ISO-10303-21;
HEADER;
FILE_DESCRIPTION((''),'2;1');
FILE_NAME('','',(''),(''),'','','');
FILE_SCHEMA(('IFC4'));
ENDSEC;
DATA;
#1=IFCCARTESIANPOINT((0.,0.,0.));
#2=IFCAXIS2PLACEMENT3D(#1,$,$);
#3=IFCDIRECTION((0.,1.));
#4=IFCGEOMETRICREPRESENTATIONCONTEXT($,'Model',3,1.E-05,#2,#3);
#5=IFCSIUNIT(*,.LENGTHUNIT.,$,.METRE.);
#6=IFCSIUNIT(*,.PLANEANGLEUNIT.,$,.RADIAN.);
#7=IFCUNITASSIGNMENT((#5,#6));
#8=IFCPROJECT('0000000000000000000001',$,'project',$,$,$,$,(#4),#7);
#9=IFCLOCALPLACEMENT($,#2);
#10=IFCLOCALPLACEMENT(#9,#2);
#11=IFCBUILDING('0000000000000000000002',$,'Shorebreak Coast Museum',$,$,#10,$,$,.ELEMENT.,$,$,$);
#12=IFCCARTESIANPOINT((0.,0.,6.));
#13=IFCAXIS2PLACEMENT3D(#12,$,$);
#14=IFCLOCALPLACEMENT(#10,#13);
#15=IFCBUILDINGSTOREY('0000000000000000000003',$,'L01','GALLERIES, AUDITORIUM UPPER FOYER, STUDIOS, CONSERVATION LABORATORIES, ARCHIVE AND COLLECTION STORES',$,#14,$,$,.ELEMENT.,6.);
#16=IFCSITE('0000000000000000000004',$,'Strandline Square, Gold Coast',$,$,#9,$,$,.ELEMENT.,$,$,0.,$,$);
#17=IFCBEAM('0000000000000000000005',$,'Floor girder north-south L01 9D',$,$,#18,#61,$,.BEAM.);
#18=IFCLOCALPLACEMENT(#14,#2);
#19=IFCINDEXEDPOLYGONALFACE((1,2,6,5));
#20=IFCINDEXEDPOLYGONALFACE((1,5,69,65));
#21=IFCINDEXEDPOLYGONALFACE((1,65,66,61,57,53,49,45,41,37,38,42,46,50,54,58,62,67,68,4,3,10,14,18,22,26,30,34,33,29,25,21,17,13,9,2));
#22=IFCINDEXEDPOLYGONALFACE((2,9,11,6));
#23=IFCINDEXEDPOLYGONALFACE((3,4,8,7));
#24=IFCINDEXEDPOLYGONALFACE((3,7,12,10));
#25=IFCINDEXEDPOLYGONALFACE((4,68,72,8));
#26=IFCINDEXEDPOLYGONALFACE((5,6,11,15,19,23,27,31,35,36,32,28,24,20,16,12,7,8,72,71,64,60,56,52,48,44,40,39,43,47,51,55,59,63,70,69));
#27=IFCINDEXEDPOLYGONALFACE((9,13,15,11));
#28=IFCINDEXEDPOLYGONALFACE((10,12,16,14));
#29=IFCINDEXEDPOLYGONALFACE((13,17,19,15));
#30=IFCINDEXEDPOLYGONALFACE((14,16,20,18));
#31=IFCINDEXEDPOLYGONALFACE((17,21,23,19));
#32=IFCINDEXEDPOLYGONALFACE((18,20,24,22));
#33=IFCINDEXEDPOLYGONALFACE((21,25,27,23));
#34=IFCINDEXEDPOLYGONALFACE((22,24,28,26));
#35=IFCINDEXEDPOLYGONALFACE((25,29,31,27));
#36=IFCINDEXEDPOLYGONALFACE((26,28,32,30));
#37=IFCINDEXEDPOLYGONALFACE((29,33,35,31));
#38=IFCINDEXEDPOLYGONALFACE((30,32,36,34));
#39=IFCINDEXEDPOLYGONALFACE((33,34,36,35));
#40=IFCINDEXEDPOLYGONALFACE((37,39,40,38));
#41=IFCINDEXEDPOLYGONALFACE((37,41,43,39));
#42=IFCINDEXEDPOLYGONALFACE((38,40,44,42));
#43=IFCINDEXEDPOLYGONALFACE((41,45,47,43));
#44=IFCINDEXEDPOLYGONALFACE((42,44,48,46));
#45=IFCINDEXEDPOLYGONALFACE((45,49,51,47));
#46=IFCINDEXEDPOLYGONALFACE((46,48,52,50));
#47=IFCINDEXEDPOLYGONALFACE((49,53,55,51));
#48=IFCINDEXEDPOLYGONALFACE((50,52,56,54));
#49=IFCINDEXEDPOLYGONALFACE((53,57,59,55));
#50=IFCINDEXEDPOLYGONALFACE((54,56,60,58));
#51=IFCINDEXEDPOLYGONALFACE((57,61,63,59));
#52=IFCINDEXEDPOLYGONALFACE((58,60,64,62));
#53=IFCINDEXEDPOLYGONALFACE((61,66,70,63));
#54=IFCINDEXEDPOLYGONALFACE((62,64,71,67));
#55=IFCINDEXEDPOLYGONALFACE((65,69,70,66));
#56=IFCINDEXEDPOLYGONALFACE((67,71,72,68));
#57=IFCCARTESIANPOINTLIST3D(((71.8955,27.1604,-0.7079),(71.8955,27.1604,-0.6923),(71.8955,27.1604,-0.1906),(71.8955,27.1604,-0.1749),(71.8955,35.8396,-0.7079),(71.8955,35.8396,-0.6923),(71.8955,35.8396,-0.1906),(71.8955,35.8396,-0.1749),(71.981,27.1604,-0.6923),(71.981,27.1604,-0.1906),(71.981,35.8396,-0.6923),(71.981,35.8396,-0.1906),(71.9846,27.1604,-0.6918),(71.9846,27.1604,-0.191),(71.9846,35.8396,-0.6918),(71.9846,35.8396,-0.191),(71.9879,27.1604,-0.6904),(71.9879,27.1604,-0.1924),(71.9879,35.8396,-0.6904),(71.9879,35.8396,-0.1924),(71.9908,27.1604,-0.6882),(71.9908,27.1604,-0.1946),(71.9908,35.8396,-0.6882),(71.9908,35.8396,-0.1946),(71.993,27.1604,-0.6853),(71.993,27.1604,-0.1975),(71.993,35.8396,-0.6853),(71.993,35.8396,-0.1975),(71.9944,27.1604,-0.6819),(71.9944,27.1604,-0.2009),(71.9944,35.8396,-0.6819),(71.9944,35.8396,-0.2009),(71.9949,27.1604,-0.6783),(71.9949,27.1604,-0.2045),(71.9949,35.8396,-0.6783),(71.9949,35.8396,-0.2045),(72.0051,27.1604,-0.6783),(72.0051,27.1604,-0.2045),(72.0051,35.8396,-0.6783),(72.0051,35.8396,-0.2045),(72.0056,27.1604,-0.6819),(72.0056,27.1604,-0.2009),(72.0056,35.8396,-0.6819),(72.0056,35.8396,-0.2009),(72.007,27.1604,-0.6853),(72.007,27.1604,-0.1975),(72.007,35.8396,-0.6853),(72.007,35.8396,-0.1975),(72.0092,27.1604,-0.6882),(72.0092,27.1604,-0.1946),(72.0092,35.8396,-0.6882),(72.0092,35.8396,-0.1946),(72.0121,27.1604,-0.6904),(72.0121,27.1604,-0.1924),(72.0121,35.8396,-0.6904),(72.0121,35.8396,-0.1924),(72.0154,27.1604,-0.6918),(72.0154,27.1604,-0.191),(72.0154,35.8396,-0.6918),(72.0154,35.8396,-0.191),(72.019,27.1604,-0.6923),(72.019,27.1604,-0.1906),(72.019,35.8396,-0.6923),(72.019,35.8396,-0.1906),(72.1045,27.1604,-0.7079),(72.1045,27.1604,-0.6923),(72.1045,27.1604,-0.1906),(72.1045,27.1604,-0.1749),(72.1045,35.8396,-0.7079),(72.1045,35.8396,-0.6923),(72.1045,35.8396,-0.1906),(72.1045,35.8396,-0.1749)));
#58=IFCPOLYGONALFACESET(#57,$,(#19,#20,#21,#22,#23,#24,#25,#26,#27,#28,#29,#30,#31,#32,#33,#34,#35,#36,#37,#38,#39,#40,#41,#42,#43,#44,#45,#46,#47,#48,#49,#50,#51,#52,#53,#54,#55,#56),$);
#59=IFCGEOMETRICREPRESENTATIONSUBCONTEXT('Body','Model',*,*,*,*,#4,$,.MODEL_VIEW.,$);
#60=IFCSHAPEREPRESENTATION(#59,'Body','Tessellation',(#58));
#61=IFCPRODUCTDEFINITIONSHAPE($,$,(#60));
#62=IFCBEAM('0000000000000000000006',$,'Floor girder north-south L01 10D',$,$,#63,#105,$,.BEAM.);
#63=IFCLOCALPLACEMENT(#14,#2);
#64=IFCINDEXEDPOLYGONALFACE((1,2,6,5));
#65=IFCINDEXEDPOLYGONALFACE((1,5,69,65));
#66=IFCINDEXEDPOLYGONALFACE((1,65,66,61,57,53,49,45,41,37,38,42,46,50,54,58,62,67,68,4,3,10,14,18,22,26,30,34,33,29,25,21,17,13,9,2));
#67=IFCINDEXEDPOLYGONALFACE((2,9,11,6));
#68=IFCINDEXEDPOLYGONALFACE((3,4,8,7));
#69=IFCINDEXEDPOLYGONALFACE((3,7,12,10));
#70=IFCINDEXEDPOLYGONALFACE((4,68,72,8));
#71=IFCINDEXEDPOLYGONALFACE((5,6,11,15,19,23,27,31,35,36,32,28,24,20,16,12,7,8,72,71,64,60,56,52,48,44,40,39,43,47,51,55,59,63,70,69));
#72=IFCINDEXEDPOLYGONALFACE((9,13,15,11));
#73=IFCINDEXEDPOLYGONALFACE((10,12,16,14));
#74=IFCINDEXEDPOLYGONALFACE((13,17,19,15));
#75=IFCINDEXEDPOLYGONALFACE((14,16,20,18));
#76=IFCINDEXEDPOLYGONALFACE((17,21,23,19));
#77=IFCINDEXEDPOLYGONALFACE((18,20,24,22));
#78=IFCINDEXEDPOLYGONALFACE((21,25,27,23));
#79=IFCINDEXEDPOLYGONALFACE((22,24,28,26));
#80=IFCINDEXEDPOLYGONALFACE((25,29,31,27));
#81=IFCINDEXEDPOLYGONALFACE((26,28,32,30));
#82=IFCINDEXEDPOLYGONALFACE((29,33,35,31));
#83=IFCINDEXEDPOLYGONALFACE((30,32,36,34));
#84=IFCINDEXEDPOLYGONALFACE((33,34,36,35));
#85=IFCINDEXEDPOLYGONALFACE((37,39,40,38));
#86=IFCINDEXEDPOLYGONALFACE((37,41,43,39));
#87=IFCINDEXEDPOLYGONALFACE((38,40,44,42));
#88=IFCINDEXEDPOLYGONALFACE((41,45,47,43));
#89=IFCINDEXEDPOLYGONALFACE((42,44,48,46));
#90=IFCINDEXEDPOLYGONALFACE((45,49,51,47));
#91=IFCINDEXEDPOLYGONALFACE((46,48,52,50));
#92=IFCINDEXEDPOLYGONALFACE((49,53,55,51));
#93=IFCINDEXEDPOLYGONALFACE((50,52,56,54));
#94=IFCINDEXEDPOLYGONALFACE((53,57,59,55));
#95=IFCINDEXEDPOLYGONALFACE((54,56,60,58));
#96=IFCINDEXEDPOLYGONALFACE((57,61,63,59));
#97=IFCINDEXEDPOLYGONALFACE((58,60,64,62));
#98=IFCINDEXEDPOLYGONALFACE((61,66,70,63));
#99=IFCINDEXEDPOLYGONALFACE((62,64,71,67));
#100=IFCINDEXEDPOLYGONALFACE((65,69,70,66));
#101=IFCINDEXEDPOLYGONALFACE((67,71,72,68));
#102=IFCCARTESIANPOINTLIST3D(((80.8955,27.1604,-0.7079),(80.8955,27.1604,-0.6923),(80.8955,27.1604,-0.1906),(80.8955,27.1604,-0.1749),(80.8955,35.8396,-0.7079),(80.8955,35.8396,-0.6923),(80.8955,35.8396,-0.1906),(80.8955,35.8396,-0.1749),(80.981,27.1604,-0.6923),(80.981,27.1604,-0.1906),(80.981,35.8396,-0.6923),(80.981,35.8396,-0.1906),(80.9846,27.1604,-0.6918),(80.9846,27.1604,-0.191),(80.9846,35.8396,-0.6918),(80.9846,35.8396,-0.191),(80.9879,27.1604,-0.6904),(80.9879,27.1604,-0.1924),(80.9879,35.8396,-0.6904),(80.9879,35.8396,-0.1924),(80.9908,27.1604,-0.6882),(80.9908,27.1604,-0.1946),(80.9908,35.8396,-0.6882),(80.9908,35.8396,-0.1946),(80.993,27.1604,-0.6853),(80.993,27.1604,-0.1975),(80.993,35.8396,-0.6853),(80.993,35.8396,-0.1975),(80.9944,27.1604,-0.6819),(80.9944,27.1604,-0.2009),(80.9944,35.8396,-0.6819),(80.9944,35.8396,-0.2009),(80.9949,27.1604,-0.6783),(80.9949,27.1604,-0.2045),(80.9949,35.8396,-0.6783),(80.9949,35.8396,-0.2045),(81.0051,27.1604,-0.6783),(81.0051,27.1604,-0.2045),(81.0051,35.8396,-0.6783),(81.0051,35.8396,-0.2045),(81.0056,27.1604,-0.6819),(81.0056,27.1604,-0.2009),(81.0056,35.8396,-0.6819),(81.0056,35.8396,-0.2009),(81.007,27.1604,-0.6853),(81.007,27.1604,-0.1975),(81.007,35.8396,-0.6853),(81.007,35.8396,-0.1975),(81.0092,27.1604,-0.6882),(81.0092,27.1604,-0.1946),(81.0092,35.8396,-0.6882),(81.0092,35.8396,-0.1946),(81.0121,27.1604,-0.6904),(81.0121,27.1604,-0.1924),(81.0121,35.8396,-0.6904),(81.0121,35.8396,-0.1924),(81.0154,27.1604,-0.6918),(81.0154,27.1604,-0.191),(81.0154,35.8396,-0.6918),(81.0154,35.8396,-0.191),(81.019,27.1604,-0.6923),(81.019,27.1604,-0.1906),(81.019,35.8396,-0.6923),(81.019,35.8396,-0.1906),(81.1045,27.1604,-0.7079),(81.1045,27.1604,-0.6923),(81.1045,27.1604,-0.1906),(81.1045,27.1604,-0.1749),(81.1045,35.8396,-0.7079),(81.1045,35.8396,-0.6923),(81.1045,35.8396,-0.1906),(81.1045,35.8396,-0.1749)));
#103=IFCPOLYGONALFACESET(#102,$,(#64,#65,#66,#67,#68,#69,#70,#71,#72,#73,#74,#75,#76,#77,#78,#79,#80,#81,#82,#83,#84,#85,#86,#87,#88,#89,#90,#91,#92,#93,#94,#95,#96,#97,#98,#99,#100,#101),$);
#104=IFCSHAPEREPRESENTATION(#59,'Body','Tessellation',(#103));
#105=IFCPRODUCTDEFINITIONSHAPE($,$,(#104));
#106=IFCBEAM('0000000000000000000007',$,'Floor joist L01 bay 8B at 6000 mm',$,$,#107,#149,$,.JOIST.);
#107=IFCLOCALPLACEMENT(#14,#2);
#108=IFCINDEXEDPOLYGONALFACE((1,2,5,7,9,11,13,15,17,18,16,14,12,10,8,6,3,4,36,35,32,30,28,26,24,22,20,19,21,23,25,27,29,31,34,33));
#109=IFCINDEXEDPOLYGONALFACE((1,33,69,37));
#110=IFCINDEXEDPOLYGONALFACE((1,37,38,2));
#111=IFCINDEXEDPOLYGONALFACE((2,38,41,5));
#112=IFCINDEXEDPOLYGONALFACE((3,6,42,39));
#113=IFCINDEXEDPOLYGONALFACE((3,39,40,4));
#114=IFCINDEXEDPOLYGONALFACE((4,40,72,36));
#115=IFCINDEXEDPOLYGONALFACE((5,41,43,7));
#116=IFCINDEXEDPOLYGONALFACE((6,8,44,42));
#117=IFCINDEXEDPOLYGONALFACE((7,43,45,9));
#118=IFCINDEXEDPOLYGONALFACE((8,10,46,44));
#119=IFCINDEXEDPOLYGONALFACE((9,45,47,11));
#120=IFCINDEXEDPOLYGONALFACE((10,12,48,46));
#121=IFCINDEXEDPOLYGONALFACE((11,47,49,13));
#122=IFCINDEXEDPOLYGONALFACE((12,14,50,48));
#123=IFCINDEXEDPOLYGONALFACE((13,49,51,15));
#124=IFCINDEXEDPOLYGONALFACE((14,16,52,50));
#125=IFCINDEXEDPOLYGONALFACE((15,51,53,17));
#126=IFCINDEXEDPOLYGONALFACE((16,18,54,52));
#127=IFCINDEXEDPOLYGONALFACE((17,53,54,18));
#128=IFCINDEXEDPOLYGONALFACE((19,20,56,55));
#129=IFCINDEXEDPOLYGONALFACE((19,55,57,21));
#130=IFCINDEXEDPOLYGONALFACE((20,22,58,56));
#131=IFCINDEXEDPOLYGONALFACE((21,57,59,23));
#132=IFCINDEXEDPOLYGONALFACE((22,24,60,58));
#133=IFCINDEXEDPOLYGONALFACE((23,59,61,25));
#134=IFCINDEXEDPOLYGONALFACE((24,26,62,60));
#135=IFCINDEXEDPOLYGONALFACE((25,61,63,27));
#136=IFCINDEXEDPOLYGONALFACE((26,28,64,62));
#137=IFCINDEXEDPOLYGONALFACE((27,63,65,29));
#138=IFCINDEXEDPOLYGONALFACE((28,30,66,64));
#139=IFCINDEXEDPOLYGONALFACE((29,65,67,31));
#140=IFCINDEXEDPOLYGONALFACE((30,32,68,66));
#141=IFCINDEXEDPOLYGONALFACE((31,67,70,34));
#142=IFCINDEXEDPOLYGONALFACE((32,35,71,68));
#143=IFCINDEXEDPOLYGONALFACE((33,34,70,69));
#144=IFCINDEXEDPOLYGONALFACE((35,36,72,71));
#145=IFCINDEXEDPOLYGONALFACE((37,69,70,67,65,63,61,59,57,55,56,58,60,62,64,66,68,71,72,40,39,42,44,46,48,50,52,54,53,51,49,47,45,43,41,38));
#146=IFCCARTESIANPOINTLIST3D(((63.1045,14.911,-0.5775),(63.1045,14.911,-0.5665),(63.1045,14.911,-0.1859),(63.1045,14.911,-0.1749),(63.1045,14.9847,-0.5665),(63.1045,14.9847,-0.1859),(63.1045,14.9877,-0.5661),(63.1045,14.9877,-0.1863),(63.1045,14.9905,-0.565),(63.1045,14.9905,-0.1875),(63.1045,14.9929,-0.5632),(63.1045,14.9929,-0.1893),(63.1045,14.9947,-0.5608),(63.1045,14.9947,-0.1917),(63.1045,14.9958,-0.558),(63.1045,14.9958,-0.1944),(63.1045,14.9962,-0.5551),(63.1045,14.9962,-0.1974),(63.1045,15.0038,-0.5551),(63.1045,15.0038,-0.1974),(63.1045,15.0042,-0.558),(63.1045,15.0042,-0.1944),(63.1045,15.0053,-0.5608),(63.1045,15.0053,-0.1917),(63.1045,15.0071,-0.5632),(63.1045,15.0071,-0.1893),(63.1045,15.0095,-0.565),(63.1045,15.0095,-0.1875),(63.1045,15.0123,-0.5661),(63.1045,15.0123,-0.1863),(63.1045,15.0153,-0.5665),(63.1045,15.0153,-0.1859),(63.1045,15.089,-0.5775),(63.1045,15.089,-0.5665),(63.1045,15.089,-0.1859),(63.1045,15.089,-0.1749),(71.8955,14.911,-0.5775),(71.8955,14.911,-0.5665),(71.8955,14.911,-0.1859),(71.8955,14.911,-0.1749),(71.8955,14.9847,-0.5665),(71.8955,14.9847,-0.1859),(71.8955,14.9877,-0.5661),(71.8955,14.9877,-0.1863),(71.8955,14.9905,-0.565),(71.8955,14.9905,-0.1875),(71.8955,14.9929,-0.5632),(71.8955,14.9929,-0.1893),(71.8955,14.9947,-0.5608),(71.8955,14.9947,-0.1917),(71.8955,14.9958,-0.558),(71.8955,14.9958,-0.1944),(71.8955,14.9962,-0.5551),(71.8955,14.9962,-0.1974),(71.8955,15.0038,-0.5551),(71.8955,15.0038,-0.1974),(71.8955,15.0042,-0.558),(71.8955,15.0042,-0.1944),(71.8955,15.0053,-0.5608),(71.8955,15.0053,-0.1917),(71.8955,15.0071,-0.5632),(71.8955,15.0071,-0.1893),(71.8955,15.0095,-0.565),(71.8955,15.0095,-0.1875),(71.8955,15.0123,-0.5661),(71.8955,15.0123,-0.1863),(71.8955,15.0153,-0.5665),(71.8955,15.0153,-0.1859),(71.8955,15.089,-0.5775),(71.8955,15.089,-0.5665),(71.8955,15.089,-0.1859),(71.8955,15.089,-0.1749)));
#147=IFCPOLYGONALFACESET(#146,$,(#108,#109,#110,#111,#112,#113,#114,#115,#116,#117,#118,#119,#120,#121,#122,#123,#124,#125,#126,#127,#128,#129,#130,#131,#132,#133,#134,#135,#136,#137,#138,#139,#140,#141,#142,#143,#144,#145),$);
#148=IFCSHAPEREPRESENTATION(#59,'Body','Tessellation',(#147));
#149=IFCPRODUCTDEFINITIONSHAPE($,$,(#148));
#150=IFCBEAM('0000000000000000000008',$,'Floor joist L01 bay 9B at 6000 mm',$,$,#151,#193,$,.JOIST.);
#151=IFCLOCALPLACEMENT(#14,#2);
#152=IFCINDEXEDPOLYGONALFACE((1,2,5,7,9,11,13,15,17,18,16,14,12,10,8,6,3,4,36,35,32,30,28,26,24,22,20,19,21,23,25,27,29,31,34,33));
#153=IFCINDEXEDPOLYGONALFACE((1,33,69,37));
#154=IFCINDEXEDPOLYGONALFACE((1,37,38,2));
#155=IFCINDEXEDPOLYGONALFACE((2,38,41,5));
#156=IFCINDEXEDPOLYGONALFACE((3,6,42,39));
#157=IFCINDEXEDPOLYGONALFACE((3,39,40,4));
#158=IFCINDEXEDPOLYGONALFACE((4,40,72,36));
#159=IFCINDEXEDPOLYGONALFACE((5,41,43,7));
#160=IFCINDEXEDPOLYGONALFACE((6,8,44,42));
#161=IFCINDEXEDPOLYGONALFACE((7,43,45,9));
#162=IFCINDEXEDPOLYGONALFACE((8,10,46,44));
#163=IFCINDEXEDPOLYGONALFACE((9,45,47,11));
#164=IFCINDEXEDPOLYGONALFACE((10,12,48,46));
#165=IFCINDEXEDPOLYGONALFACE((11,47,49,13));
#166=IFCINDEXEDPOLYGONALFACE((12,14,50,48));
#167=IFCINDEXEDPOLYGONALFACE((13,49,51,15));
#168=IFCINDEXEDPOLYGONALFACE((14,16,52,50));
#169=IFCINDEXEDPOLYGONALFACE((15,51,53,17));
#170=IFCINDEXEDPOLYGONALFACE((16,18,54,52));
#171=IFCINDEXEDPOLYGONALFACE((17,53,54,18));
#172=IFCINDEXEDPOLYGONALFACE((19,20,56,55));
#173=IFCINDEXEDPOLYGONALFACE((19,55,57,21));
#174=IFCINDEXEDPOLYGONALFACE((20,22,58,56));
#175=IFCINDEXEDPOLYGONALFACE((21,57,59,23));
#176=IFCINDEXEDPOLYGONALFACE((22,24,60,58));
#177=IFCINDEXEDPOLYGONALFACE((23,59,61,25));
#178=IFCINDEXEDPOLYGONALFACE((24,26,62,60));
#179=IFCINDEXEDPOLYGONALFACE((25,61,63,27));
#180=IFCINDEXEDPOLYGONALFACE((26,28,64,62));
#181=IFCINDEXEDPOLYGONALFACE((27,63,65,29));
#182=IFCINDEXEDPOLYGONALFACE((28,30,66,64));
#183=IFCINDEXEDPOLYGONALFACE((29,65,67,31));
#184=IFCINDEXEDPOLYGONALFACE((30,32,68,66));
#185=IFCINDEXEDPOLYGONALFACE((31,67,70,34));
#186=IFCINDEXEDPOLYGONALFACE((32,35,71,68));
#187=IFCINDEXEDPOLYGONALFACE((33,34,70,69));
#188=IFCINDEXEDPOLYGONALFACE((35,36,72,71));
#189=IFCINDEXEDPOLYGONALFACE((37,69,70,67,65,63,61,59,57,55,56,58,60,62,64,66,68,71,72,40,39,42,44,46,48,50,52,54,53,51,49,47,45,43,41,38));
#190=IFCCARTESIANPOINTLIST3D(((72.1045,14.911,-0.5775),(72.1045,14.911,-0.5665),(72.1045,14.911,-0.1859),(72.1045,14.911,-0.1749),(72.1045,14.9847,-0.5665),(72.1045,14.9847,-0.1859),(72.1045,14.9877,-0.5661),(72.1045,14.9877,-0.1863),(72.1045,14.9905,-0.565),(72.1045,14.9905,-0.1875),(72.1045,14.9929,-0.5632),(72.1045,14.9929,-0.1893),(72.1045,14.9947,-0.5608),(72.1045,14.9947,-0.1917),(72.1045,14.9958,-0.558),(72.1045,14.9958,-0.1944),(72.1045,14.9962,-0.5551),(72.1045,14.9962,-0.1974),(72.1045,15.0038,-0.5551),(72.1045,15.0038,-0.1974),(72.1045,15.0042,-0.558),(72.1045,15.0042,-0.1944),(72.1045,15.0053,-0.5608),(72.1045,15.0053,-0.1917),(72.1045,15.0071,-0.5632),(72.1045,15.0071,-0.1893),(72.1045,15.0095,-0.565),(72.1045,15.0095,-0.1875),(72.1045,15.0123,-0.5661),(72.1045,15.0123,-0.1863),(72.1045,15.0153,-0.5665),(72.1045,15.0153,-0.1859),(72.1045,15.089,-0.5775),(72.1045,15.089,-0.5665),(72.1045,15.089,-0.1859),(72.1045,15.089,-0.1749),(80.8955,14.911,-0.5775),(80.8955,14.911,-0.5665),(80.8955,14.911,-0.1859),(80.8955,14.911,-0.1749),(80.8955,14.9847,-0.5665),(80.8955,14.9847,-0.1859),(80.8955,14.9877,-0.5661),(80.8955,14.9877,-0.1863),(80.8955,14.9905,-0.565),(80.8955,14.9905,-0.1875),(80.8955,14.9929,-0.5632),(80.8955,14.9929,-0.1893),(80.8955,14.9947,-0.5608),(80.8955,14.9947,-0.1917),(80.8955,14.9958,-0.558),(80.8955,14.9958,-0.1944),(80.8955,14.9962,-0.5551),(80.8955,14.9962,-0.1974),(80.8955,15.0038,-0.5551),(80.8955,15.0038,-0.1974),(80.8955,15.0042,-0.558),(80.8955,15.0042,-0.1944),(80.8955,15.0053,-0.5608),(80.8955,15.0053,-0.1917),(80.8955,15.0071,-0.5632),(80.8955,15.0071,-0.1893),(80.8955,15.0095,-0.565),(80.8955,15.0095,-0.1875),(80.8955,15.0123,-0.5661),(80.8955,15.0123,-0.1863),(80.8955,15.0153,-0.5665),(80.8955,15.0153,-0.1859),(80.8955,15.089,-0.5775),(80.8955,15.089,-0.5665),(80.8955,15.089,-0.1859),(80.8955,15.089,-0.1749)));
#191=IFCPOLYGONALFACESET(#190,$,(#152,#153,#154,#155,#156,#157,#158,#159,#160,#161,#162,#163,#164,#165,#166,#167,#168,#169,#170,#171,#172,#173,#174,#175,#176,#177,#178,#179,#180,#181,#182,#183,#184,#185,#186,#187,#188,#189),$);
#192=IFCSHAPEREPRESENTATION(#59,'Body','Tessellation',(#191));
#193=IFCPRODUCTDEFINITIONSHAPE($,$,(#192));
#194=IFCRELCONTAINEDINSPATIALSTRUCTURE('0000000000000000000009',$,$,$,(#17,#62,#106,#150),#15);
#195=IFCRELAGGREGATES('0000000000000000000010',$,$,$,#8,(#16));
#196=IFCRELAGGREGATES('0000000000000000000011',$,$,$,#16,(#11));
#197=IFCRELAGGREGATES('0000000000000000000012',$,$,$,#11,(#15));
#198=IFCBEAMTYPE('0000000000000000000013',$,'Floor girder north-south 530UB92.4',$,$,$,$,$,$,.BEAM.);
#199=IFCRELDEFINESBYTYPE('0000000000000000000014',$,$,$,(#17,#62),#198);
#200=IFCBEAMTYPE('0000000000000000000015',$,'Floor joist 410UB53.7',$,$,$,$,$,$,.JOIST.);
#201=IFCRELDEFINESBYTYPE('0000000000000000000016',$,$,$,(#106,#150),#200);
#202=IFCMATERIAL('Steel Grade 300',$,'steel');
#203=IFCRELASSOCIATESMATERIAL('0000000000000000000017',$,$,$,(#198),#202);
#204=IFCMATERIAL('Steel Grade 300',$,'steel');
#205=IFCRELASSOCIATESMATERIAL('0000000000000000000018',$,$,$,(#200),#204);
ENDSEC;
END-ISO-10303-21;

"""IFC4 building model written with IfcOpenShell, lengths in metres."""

from ifc_helpers import new_model, si_unit, direction, frame, origin, origin_2d, place, context, subcontext, project, spatial, i_section, extrude, material, material_profile, profile_set, type_object, element, save


model = new_model("IFC4")

# Units and contexts
model_context = context("Model", 3, precision=1e-05, world=origin(), true_north=direction((0.0, 1.0)))
body_context = subcontext(model_context, "Body", "Model", "MODEL_VIEW")
ifc_project = project(units=[si_unit("LENGTHUNIT", "METRE"), si_unit("PLANEANGLEUNIT", "RADIAN")], contexts=[model_context])

# Site, building, storey
site_placement = place(None, origin())
site = spatial("IfcSite", under=ifc_project, at=site_placement, Name="Strandline Square, Gold Coast", CompositionType="ELEMENT", RefElevation=0.0)
building_placement = place(site_placement, origin())
building = spatial("IfcBuilding", under=site, at=building_placement, Name="Shorebreak Coast Museum", CompositionType="ELEMENT")
storey_placement = place(building_placement, frame((0.0, 0.0, 6.0)))
storey = spatial("IfcBuildingStorey", under=building, at=storey_placement, Name="L01", Description="GALLERIES, AUDITORIUM UPPER FOYER, STUDIOS, CONSERVATION LABORATORIES, ARCHIVE AND COLLECTION STORES", CompositionType="ELEMENT", Elevation=6.0)

# Beams
ifc_material_1 = material(Name="Steel Grade 300", Category="steel")
ifc_material_profile_1 = material_profile(ifc_material_1, i_section(OverallWidth=0.209, OverallDepth=0.533, WebThickness=0.0103, FlangeThickness=0.0156, FilletRadius=0.0139, at=origin_2d()), Name="530UB92.4")
ifc_profile_set_1 = profile_set([ifc_material_profile_1], Name="Steel Grade 300")
beam_type_1 = type_object("IfcBeamType", Name="Floor girder north-south 530UB92.4", PredefinedType="BEAM", material=ifc_profile_set_1)
for number, where, z_axis, x_axis, name in (
    (1, (72.0, 27.1604, -0.4414), (0.0, 1.0, 0.0), (-1.0, 0.0, 0.0), "Floor girder north-south L01 9D"),
    (2, (81.0, 27.1604, -0.4414), (0.0, 1.0, 0.0), (-1.0, 0.0, 0.0), "Floor girder north-south L01 10D"),
):
    element("IfcBeam", number, at=place(storey_placement, frame(where, z_axis=z_axis, x_axis=x_axis)), inside=storey, type_object=beam_type_1, Name=name, PredefinedType="BEAM", context=body_context, shape_type="SweptSolid", body=[
        extrude(i_section(OverallWidth=0.209, OverallDepth=0.533, WebThickness=0.0103, FlangeThickness=0.0156, FilletRadius=0.0139, at=origin_2d()), origin(), (0.0, 0.0, 1.0), 8.6792),
    ])
ifc_material_2 = material(Name="Steel Grade 300", Category="steel")
ifc_material_profile_2 = material_profile(ifc_material_2, i_section(OverallWidth=0.178, OverallDepth=0.4026, WebThickness=0.0076, FlangeThickness=0.011, FilletRadius=0.0115, at=origin_2d()), Name="410UB53.7")
ifc_profile_set_2 = profile_set([ifc_material_profile_2], Name="Steel Grade 300")
beam_type_2 = type_object("IfcBeamType", Name="Floor joist 410UB53.7", PredefinedType="JOIST", material=ifc_profile_set_2)
for number, where, z_axis, x_axis, name in (
    (3, (63.1045, 15.0, -0.3762), (1.0, 0.0, 0.0), (0.0, 1.0, 0.0), "Floor joist L01 bay 8B at 6000 mm"),
    (4, (72.1045, 15.0, -0.3762), (1.0, 0.0, 0.0), (0.0, 1.0, 0.0), "Floor joist L01 bay 9B at 6000 mm"),
):
    element("IfcBeam", number, at=place(storey_placement, frame(where, z_axis=z_axis, x_axis=x_axis)), inside=storey, type_object=beam_type_2, Name=name, PredefinedType="JOIST", context=body_context, shape_type="SweptSolid", body=[
        extrude(i_section(OverallWidth=0.178, OverallDepth=0.4026, WebThickness=0.0076, FlangeThickness=0.011, FilletRadius=0.0115, at=origin_2d()), origin(), (0.0, 0.0, 1.0), 8.791),
    ])

save(model, "model.ifc")
